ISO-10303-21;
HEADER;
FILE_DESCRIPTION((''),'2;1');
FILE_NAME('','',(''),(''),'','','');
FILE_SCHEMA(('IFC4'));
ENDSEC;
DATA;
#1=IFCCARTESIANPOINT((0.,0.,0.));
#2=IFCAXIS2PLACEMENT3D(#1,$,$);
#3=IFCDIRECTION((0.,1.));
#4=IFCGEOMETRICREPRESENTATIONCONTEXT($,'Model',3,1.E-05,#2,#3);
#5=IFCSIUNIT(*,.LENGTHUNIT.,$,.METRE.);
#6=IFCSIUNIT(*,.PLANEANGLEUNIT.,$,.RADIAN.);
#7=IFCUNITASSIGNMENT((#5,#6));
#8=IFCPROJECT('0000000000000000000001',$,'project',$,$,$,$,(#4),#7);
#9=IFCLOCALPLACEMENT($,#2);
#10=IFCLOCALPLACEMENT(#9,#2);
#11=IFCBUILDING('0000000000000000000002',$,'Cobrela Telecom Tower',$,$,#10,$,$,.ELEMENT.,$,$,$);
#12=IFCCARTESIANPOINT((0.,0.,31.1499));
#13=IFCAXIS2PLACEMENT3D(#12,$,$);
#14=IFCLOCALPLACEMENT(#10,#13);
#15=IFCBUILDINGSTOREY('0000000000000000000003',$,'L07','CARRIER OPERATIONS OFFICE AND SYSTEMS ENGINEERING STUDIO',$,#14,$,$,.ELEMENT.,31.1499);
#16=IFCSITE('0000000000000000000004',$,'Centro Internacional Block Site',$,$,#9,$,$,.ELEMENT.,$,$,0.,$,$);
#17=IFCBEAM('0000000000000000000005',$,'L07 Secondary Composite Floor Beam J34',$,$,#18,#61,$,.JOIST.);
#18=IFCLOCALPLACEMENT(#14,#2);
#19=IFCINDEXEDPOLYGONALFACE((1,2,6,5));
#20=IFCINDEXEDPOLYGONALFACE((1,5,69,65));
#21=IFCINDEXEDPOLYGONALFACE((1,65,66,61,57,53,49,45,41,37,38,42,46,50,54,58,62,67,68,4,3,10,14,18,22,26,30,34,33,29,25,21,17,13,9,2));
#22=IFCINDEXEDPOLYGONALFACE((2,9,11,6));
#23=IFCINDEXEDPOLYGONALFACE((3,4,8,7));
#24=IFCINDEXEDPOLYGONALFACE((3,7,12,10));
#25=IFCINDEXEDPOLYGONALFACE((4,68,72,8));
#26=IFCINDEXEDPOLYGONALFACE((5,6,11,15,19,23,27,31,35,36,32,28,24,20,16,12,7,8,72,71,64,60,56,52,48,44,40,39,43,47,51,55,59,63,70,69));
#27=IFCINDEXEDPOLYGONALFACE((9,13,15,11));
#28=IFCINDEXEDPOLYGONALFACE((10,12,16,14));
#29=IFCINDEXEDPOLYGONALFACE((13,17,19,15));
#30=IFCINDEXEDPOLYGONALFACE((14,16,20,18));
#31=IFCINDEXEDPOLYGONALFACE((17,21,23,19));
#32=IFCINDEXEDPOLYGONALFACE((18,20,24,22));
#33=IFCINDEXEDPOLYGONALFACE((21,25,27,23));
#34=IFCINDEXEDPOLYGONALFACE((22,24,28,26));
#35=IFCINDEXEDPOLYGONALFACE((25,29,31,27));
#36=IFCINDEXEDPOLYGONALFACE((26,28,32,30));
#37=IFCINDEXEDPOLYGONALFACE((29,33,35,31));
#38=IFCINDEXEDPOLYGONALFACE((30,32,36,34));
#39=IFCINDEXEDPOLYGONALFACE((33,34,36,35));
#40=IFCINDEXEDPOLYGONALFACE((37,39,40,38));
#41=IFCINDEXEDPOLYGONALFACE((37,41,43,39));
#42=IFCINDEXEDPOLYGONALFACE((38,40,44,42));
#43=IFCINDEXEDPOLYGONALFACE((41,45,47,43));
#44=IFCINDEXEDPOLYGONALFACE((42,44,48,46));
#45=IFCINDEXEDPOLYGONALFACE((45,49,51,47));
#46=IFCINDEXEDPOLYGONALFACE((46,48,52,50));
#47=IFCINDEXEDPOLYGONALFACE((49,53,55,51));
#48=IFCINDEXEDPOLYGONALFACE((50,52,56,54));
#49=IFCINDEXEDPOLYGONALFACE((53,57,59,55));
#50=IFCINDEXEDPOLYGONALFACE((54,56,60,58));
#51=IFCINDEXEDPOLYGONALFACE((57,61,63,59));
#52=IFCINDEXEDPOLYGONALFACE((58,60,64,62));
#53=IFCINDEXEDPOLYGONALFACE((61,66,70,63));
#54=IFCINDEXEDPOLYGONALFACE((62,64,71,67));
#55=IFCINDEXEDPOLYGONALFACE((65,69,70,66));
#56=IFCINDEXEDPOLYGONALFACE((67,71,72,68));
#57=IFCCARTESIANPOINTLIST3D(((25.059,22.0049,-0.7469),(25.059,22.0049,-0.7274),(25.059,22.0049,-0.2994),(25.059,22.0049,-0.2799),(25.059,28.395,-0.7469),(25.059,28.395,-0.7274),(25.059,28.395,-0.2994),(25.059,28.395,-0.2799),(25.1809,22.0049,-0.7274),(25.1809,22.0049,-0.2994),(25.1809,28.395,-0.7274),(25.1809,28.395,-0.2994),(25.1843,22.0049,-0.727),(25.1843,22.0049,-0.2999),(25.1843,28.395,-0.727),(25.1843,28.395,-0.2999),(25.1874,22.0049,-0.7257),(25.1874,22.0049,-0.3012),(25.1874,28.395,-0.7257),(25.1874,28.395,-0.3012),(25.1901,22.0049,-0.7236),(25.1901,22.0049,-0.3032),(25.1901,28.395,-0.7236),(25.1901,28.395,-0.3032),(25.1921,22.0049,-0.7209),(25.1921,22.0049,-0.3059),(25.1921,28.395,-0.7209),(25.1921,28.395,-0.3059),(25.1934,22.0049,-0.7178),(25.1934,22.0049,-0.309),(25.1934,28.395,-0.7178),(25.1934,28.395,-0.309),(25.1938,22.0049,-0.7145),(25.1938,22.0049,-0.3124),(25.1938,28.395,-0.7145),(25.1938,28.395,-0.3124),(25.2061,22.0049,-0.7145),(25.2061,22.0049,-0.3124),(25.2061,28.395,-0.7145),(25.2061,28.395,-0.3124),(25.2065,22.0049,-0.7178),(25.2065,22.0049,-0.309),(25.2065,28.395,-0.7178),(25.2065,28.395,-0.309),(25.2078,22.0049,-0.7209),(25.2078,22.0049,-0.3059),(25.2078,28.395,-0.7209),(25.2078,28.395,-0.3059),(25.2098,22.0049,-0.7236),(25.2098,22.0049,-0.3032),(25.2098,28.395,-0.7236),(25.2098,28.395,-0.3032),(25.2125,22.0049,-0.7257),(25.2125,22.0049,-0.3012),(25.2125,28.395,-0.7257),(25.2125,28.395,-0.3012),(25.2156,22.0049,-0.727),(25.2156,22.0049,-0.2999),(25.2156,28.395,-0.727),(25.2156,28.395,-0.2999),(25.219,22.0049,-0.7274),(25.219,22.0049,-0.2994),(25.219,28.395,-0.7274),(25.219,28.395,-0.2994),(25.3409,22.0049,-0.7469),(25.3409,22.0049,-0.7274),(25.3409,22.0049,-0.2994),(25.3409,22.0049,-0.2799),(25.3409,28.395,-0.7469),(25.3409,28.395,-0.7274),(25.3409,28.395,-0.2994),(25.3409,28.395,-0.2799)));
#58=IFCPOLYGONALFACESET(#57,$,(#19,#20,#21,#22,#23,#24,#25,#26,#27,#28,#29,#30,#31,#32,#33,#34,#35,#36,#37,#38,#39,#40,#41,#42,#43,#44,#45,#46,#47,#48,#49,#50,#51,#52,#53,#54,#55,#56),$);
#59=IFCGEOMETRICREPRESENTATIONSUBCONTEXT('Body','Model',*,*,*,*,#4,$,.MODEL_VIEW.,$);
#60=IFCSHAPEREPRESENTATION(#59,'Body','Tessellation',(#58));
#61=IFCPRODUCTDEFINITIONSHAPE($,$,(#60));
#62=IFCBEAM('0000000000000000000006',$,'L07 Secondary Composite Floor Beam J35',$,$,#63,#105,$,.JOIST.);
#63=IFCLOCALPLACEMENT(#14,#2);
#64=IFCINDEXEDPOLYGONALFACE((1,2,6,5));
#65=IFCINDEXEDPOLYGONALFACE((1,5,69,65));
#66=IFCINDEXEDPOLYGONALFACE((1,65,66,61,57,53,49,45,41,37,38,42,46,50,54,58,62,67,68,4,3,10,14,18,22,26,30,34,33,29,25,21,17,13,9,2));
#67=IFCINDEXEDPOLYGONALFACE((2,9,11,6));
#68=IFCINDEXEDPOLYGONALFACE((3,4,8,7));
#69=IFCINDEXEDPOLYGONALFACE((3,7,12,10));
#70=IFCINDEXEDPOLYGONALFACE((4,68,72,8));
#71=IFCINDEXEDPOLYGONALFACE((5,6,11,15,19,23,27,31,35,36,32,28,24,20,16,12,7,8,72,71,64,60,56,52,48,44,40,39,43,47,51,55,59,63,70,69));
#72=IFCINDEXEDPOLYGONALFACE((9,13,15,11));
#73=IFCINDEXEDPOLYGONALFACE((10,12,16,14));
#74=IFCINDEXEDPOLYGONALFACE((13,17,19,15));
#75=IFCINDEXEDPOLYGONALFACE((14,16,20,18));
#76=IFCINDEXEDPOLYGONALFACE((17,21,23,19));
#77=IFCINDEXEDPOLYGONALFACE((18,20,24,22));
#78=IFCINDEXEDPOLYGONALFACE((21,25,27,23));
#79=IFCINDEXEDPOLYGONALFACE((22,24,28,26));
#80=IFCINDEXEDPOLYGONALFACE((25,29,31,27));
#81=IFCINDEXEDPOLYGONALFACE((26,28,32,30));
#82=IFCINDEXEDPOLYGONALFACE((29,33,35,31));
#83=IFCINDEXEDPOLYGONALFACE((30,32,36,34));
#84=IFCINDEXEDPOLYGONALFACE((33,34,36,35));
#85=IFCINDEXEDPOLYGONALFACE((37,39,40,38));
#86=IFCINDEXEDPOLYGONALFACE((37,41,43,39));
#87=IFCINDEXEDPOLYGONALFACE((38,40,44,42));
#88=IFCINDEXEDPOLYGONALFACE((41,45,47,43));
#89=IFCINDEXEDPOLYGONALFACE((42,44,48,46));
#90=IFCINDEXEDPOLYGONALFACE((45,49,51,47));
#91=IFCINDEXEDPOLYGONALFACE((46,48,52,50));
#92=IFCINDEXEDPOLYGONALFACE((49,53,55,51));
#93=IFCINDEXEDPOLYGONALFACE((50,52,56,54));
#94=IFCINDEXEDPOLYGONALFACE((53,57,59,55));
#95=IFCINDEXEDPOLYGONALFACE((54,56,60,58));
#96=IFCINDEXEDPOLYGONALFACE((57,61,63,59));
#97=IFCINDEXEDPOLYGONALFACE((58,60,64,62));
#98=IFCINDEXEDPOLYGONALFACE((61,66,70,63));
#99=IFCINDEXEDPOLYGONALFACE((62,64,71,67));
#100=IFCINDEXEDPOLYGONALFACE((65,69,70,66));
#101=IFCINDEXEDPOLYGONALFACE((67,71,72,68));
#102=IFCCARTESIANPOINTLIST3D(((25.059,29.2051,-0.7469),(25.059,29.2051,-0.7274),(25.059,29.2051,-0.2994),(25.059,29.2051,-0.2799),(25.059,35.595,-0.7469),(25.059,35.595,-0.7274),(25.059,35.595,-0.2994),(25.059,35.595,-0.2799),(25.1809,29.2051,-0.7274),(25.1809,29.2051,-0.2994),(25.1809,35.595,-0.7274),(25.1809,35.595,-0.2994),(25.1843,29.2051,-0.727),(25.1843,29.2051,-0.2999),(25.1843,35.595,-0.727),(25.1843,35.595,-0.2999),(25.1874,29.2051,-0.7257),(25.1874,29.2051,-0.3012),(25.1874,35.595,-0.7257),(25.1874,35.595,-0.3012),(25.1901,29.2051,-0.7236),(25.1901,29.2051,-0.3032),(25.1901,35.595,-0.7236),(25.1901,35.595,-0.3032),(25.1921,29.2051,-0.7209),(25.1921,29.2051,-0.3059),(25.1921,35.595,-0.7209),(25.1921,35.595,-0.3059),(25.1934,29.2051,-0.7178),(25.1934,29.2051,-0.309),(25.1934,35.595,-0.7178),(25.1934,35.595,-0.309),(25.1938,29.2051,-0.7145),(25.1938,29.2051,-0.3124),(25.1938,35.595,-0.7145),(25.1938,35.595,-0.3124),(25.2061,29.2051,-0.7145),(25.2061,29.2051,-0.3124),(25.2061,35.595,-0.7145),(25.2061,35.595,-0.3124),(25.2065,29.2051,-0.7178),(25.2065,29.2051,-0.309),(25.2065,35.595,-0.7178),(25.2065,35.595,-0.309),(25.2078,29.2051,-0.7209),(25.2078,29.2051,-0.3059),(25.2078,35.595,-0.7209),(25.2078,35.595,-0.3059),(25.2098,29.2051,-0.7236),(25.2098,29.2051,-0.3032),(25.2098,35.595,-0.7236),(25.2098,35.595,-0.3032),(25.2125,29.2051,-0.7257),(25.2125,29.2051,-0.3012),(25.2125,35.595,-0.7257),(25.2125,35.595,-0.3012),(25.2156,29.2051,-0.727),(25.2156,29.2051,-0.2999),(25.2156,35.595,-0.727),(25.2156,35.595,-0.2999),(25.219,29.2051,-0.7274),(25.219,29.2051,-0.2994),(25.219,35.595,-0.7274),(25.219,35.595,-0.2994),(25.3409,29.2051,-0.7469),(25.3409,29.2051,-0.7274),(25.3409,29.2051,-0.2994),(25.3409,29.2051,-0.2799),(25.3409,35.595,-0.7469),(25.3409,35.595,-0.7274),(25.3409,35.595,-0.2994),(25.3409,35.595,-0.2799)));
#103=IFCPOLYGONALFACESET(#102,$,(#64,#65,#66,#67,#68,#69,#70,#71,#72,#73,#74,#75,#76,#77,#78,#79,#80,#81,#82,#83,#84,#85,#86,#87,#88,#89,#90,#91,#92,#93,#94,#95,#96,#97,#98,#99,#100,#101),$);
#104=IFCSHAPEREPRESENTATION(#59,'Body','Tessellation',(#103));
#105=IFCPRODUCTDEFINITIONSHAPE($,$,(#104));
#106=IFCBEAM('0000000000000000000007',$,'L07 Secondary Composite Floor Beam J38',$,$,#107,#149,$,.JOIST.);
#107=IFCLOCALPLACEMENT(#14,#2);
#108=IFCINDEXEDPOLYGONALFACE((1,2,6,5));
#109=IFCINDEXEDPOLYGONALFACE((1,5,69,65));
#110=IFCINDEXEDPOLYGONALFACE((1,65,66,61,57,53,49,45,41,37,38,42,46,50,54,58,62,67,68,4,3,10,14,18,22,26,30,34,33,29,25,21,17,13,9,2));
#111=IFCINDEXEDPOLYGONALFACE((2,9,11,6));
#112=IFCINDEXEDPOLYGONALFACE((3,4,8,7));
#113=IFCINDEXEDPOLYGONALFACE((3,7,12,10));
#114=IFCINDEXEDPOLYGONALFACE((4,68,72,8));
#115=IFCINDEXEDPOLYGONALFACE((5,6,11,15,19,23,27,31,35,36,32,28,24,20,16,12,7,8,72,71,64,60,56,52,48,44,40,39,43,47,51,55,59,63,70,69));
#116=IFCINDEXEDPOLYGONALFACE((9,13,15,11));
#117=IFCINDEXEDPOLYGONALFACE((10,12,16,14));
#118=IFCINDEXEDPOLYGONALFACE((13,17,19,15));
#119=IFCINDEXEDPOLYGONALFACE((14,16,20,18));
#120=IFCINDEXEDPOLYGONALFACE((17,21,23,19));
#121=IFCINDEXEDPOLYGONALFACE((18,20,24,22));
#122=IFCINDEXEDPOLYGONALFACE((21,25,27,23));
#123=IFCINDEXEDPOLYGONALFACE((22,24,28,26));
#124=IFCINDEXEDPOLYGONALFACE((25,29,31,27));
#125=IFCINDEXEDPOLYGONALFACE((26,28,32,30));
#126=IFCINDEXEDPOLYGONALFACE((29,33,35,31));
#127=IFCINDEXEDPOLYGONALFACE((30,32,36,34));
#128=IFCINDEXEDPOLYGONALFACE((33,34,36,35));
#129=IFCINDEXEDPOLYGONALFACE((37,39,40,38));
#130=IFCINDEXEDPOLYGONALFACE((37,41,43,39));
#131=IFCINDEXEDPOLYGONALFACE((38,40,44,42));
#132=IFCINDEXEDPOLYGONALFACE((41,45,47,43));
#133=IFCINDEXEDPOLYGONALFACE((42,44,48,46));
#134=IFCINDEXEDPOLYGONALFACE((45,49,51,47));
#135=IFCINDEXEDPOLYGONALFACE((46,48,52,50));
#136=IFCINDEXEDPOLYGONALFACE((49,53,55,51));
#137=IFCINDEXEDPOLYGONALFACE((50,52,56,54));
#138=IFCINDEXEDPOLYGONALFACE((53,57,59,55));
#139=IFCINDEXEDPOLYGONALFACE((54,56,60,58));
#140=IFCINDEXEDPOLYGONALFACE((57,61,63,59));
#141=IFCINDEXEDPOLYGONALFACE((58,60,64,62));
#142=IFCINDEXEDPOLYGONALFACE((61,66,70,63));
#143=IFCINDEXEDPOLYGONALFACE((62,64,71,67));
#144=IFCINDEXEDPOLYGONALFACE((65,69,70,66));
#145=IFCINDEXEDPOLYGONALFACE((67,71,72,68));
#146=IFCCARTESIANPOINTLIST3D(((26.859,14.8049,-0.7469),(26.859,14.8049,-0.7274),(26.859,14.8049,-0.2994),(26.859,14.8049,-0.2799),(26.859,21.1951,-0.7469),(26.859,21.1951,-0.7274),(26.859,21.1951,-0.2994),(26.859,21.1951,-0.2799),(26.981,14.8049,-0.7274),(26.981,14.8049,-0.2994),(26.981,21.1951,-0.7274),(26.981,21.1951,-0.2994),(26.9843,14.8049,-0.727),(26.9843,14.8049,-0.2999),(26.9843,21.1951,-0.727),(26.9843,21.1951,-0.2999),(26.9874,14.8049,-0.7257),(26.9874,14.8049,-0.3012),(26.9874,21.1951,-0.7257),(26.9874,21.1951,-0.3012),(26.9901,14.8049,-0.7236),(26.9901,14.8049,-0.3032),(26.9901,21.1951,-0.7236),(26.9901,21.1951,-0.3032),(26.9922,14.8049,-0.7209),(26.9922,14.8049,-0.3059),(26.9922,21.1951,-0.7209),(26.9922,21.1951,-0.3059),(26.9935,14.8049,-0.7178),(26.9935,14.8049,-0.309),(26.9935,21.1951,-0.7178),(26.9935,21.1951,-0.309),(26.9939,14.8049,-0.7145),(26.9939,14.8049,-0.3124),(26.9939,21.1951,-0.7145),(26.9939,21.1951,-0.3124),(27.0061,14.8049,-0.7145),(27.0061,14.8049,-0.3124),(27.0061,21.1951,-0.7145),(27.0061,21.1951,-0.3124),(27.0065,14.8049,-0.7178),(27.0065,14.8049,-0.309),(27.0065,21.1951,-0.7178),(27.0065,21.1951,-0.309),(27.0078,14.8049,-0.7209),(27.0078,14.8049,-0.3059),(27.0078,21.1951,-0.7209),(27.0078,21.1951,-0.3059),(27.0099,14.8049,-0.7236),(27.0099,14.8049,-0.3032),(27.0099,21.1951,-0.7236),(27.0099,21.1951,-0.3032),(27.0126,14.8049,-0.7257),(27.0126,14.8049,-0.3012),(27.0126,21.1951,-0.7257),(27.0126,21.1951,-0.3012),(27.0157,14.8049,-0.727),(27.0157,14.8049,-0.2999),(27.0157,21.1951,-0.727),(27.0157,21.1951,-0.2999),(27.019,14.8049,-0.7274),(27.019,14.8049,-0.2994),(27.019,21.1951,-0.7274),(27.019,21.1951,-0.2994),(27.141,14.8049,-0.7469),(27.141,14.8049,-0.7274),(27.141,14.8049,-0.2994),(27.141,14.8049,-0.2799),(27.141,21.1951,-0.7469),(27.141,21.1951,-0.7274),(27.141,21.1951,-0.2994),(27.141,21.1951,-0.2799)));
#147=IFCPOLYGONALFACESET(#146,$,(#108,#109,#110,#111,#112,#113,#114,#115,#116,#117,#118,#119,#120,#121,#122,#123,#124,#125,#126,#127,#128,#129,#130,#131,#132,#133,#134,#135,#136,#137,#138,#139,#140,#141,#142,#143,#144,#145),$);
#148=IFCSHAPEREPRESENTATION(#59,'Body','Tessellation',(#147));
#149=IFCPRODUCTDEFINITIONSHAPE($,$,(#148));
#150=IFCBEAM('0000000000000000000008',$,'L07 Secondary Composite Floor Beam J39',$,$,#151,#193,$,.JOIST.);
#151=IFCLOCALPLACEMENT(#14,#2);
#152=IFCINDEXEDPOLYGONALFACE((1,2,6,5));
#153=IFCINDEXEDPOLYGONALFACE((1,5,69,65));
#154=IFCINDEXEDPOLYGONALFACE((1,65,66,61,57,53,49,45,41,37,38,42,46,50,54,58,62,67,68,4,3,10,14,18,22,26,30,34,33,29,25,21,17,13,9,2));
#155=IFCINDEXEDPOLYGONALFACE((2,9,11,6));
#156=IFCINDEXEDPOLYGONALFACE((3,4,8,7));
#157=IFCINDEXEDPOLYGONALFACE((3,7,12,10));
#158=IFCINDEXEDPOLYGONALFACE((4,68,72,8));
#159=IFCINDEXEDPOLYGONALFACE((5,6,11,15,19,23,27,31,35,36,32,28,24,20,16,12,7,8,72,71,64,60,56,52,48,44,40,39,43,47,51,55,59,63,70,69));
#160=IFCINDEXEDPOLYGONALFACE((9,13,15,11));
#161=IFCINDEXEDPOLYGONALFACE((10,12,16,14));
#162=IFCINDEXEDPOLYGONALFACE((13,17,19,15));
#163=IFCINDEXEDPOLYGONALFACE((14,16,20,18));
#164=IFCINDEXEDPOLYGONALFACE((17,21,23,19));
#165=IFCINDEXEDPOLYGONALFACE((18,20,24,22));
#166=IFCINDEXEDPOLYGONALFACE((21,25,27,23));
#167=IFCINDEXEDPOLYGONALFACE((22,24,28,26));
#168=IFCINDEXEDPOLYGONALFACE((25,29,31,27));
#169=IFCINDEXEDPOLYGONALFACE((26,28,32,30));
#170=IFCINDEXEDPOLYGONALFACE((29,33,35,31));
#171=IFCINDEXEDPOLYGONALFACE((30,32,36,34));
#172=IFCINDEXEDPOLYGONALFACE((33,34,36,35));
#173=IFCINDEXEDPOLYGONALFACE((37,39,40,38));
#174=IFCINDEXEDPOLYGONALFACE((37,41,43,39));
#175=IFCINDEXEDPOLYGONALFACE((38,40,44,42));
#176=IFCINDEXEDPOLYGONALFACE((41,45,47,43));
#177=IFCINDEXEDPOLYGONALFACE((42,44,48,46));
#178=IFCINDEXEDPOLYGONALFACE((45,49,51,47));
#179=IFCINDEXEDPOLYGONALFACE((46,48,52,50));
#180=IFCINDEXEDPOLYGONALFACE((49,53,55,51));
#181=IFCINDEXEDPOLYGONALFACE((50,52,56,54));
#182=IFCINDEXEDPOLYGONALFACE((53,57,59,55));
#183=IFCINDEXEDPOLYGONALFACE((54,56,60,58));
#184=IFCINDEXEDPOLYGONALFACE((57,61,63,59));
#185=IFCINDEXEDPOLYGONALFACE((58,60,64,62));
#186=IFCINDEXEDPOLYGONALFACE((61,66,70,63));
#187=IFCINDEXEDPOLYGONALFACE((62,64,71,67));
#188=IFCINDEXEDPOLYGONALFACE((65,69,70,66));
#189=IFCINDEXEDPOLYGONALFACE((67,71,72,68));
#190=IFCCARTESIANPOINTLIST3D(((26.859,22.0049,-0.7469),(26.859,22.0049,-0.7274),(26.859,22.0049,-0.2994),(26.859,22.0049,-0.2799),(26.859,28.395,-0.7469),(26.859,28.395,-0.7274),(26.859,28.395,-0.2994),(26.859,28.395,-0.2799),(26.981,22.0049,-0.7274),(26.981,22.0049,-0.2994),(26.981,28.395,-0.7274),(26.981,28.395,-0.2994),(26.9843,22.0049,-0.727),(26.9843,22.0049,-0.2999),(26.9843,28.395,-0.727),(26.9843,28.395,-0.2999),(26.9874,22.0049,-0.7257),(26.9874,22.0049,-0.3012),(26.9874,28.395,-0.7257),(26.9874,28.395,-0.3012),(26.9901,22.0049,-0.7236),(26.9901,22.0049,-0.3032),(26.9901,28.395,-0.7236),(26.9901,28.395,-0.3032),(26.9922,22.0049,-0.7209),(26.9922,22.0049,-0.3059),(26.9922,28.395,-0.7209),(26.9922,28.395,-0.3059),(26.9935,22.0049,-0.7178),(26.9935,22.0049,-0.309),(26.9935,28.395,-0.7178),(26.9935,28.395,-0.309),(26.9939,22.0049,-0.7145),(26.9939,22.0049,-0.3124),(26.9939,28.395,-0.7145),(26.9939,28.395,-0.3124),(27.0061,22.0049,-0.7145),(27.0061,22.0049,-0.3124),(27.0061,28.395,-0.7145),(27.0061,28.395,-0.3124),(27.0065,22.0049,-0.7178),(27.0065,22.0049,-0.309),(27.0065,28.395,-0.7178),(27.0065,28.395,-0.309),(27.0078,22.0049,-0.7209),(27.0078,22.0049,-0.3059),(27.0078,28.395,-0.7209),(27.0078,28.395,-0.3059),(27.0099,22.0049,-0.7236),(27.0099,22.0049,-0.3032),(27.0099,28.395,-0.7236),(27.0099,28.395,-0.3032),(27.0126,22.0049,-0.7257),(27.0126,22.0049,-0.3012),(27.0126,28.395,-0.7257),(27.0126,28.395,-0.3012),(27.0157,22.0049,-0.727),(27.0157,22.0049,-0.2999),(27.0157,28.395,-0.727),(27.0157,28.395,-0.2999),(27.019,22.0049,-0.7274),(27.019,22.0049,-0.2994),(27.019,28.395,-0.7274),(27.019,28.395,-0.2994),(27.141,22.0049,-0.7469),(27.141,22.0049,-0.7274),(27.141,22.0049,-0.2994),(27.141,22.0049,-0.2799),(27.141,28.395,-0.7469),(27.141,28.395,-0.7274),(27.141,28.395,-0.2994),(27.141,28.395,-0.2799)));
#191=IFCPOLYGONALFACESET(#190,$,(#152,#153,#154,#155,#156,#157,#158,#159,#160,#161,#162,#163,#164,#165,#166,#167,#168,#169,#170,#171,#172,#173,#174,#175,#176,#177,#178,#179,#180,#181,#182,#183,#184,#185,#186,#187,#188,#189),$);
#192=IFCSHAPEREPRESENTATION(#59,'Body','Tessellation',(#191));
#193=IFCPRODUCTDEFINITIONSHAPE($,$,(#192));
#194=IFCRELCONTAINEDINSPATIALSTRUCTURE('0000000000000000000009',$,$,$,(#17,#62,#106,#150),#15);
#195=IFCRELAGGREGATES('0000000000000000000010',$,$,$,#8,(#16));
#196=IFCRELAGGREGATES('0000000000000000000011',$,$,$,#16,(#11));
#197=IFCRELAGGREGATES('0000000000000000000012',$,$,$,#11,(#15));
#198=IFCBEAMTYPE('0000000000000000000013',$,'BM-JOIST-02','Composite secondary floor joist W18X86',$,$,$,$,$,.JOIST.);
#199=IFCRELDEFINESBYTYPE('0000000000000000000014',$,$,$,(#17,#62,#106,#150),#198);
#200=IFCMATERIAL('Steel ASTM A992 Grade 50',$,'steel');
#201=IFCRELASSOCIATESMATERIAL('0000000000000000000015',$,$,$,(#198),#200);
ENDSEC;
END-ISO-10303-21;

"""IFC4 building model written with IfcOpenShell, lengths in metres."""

from ifc_helpers import new_model, si_unit, direction, frame, origin, origin_2d, place, context, subcontext, project, spatial, i_section, extrude, material, material_profile, profile_set, type_object, element, save


model = new_model("IFC4")

# Units and contexts
model_context = context("Model", 3, precision=1e-05, world=origin(), true_north=direction((0.0, 1.0)))
body_context = subcontext(model_context, "Body", "Model", "MODEL_VIEW")
ifc_project = project(units=[si_unit("LENGTHUNIT", "METRE"), si_unit("PLANEANGLEUNIT", "RADIAN")], contexts=[model_context])

# Site, building, storey
site_placement = place(None, origin())
site = spatial("IfcSite", under=ifc_project, at=site_placement, Name="Centro Internacional Block Site", CompositionType="ELEMENT", RefElevation=0.0)
building_placement = place(site_placement, origin())
building = spatial("IfcBuilding", under=site, at=building_placement, Name="Cobrela Telecom Tower", CompositionType="ELEMENT")
storey_placement = place(building_placement, frame((0.0, 0.0, 31.1499)))
storey = spatial("IfcBuildingStorey", under=building, at=storey_placement, Name="L07", Description="CARRIER OPERATIONS OFFICE AND SYSTEMS ENGINEERING STUDIO", CompositionType="ELEMENT", Elevation=31.1499)

# Shared definitions
ifc_material_1 = material(Name="Steel ASTM A992 Grade 50", Category="steel")

# Beams
ifc_material_profile_1 = material_profile(ifc_material_1, i_section(OverallWidth=0.282, OverallDepth=0.467, WebThickness=0.0122, FlangeThickness=0.0195, FilletRadius=0.0129, at=origin_2d()), Name="W18X86")
ifc_profile_set_1 = profile_set([ifc_material_profile_1], Name="Steel ASTM A992 Grade 50")
beam_type = type_object("IfcBeamType", Name="BM-JOIST-02", Description="Composite secondary floor joist W18X86", PredefinedType="JOIST", material=ifc_profile_set_1)
for number, where, z_axis, x_axis, name in (
    (1, (25.2, 22.0049, -0.5134), (0.0, 1.0, 0.0), (-1.0, 0.0, 0.0), "L07 Secondary Composite Floor Beam J34"),
):
    element("IfcBeam", number, at=place(storey_placement, frame(where, z_axis=z_axis, x_axis=x_axis)), inside=storey, type_object=beam_type, Name=name, PredefinedType="JOIST", context=body_context, shape_type="SweptSolid", body=[
        extrude(i_section(OverallWidth=0.282, OverallDepth=0.467, WebThickness=0.0122, FlangeThickness=0.0195, FilletRadius=0.0129, at=origin_2d()), origin(), (0.0, 0.0, 1.0), 6.3901),
    ])
beam_1_placement = place(storey_placement, frame((25.2, 29.2051, -0.5134), z_axis=(0.0, 1.0, 0.0), x_axis=(-1.0, 0.0, 0.0)))
element("IfcBeam", 2, at=beam_1_placement, inside=storey, type_object=beam_type, Name="L07 Secondary Composite Floor Beam J35", PredefinedType="JOIST", context=body_context, shape_type="SweptSolid", body=[
    extrude(i_section(OverallWidth=0.282, OverallDepth=0.467, WebThickness=0.0122, FlangeThickness=0.0195, FilletRadius=0.0129, at=origin_2d()), origin(), (0.0, 0.0, 1.0), 6.3899),
])
for number, where, z_axis, x_axis, name in (
    (3, (27.0, 14.8049, -0.5134), (0.0, 1.0, 0.0), (-1.0, 0.0, 0.0), "L07 Secondary Composite Floor Beam J38"),
    (4, (27.0, 22.0049, -0.5134), (0.0, 1.0, 0.0), (-1.0, 0.0, 0.0), "L07 Secondary Composite Floor Beam J39"),
):
    element("IfcBeam", number, at=place(storey_placement, frame(where, z_axis=z_axis, x_axis=x_axis)), inside=storey, type_object=beam_type, Name=name, PredefinedType="JOIST", context=body_context, shape_type="SweptSolid", body=[
        extrude(i_section(OverallWidth=0.282, OverallDepth=0.467, WebThickness=0.0122, FlangeThickness=0.0195, FilletRadius=0.0129, at=origin_2d()), origin(), (0.0, 0.0, 1.0), 6.3901),
    ])

save(model, "model.ifc")
